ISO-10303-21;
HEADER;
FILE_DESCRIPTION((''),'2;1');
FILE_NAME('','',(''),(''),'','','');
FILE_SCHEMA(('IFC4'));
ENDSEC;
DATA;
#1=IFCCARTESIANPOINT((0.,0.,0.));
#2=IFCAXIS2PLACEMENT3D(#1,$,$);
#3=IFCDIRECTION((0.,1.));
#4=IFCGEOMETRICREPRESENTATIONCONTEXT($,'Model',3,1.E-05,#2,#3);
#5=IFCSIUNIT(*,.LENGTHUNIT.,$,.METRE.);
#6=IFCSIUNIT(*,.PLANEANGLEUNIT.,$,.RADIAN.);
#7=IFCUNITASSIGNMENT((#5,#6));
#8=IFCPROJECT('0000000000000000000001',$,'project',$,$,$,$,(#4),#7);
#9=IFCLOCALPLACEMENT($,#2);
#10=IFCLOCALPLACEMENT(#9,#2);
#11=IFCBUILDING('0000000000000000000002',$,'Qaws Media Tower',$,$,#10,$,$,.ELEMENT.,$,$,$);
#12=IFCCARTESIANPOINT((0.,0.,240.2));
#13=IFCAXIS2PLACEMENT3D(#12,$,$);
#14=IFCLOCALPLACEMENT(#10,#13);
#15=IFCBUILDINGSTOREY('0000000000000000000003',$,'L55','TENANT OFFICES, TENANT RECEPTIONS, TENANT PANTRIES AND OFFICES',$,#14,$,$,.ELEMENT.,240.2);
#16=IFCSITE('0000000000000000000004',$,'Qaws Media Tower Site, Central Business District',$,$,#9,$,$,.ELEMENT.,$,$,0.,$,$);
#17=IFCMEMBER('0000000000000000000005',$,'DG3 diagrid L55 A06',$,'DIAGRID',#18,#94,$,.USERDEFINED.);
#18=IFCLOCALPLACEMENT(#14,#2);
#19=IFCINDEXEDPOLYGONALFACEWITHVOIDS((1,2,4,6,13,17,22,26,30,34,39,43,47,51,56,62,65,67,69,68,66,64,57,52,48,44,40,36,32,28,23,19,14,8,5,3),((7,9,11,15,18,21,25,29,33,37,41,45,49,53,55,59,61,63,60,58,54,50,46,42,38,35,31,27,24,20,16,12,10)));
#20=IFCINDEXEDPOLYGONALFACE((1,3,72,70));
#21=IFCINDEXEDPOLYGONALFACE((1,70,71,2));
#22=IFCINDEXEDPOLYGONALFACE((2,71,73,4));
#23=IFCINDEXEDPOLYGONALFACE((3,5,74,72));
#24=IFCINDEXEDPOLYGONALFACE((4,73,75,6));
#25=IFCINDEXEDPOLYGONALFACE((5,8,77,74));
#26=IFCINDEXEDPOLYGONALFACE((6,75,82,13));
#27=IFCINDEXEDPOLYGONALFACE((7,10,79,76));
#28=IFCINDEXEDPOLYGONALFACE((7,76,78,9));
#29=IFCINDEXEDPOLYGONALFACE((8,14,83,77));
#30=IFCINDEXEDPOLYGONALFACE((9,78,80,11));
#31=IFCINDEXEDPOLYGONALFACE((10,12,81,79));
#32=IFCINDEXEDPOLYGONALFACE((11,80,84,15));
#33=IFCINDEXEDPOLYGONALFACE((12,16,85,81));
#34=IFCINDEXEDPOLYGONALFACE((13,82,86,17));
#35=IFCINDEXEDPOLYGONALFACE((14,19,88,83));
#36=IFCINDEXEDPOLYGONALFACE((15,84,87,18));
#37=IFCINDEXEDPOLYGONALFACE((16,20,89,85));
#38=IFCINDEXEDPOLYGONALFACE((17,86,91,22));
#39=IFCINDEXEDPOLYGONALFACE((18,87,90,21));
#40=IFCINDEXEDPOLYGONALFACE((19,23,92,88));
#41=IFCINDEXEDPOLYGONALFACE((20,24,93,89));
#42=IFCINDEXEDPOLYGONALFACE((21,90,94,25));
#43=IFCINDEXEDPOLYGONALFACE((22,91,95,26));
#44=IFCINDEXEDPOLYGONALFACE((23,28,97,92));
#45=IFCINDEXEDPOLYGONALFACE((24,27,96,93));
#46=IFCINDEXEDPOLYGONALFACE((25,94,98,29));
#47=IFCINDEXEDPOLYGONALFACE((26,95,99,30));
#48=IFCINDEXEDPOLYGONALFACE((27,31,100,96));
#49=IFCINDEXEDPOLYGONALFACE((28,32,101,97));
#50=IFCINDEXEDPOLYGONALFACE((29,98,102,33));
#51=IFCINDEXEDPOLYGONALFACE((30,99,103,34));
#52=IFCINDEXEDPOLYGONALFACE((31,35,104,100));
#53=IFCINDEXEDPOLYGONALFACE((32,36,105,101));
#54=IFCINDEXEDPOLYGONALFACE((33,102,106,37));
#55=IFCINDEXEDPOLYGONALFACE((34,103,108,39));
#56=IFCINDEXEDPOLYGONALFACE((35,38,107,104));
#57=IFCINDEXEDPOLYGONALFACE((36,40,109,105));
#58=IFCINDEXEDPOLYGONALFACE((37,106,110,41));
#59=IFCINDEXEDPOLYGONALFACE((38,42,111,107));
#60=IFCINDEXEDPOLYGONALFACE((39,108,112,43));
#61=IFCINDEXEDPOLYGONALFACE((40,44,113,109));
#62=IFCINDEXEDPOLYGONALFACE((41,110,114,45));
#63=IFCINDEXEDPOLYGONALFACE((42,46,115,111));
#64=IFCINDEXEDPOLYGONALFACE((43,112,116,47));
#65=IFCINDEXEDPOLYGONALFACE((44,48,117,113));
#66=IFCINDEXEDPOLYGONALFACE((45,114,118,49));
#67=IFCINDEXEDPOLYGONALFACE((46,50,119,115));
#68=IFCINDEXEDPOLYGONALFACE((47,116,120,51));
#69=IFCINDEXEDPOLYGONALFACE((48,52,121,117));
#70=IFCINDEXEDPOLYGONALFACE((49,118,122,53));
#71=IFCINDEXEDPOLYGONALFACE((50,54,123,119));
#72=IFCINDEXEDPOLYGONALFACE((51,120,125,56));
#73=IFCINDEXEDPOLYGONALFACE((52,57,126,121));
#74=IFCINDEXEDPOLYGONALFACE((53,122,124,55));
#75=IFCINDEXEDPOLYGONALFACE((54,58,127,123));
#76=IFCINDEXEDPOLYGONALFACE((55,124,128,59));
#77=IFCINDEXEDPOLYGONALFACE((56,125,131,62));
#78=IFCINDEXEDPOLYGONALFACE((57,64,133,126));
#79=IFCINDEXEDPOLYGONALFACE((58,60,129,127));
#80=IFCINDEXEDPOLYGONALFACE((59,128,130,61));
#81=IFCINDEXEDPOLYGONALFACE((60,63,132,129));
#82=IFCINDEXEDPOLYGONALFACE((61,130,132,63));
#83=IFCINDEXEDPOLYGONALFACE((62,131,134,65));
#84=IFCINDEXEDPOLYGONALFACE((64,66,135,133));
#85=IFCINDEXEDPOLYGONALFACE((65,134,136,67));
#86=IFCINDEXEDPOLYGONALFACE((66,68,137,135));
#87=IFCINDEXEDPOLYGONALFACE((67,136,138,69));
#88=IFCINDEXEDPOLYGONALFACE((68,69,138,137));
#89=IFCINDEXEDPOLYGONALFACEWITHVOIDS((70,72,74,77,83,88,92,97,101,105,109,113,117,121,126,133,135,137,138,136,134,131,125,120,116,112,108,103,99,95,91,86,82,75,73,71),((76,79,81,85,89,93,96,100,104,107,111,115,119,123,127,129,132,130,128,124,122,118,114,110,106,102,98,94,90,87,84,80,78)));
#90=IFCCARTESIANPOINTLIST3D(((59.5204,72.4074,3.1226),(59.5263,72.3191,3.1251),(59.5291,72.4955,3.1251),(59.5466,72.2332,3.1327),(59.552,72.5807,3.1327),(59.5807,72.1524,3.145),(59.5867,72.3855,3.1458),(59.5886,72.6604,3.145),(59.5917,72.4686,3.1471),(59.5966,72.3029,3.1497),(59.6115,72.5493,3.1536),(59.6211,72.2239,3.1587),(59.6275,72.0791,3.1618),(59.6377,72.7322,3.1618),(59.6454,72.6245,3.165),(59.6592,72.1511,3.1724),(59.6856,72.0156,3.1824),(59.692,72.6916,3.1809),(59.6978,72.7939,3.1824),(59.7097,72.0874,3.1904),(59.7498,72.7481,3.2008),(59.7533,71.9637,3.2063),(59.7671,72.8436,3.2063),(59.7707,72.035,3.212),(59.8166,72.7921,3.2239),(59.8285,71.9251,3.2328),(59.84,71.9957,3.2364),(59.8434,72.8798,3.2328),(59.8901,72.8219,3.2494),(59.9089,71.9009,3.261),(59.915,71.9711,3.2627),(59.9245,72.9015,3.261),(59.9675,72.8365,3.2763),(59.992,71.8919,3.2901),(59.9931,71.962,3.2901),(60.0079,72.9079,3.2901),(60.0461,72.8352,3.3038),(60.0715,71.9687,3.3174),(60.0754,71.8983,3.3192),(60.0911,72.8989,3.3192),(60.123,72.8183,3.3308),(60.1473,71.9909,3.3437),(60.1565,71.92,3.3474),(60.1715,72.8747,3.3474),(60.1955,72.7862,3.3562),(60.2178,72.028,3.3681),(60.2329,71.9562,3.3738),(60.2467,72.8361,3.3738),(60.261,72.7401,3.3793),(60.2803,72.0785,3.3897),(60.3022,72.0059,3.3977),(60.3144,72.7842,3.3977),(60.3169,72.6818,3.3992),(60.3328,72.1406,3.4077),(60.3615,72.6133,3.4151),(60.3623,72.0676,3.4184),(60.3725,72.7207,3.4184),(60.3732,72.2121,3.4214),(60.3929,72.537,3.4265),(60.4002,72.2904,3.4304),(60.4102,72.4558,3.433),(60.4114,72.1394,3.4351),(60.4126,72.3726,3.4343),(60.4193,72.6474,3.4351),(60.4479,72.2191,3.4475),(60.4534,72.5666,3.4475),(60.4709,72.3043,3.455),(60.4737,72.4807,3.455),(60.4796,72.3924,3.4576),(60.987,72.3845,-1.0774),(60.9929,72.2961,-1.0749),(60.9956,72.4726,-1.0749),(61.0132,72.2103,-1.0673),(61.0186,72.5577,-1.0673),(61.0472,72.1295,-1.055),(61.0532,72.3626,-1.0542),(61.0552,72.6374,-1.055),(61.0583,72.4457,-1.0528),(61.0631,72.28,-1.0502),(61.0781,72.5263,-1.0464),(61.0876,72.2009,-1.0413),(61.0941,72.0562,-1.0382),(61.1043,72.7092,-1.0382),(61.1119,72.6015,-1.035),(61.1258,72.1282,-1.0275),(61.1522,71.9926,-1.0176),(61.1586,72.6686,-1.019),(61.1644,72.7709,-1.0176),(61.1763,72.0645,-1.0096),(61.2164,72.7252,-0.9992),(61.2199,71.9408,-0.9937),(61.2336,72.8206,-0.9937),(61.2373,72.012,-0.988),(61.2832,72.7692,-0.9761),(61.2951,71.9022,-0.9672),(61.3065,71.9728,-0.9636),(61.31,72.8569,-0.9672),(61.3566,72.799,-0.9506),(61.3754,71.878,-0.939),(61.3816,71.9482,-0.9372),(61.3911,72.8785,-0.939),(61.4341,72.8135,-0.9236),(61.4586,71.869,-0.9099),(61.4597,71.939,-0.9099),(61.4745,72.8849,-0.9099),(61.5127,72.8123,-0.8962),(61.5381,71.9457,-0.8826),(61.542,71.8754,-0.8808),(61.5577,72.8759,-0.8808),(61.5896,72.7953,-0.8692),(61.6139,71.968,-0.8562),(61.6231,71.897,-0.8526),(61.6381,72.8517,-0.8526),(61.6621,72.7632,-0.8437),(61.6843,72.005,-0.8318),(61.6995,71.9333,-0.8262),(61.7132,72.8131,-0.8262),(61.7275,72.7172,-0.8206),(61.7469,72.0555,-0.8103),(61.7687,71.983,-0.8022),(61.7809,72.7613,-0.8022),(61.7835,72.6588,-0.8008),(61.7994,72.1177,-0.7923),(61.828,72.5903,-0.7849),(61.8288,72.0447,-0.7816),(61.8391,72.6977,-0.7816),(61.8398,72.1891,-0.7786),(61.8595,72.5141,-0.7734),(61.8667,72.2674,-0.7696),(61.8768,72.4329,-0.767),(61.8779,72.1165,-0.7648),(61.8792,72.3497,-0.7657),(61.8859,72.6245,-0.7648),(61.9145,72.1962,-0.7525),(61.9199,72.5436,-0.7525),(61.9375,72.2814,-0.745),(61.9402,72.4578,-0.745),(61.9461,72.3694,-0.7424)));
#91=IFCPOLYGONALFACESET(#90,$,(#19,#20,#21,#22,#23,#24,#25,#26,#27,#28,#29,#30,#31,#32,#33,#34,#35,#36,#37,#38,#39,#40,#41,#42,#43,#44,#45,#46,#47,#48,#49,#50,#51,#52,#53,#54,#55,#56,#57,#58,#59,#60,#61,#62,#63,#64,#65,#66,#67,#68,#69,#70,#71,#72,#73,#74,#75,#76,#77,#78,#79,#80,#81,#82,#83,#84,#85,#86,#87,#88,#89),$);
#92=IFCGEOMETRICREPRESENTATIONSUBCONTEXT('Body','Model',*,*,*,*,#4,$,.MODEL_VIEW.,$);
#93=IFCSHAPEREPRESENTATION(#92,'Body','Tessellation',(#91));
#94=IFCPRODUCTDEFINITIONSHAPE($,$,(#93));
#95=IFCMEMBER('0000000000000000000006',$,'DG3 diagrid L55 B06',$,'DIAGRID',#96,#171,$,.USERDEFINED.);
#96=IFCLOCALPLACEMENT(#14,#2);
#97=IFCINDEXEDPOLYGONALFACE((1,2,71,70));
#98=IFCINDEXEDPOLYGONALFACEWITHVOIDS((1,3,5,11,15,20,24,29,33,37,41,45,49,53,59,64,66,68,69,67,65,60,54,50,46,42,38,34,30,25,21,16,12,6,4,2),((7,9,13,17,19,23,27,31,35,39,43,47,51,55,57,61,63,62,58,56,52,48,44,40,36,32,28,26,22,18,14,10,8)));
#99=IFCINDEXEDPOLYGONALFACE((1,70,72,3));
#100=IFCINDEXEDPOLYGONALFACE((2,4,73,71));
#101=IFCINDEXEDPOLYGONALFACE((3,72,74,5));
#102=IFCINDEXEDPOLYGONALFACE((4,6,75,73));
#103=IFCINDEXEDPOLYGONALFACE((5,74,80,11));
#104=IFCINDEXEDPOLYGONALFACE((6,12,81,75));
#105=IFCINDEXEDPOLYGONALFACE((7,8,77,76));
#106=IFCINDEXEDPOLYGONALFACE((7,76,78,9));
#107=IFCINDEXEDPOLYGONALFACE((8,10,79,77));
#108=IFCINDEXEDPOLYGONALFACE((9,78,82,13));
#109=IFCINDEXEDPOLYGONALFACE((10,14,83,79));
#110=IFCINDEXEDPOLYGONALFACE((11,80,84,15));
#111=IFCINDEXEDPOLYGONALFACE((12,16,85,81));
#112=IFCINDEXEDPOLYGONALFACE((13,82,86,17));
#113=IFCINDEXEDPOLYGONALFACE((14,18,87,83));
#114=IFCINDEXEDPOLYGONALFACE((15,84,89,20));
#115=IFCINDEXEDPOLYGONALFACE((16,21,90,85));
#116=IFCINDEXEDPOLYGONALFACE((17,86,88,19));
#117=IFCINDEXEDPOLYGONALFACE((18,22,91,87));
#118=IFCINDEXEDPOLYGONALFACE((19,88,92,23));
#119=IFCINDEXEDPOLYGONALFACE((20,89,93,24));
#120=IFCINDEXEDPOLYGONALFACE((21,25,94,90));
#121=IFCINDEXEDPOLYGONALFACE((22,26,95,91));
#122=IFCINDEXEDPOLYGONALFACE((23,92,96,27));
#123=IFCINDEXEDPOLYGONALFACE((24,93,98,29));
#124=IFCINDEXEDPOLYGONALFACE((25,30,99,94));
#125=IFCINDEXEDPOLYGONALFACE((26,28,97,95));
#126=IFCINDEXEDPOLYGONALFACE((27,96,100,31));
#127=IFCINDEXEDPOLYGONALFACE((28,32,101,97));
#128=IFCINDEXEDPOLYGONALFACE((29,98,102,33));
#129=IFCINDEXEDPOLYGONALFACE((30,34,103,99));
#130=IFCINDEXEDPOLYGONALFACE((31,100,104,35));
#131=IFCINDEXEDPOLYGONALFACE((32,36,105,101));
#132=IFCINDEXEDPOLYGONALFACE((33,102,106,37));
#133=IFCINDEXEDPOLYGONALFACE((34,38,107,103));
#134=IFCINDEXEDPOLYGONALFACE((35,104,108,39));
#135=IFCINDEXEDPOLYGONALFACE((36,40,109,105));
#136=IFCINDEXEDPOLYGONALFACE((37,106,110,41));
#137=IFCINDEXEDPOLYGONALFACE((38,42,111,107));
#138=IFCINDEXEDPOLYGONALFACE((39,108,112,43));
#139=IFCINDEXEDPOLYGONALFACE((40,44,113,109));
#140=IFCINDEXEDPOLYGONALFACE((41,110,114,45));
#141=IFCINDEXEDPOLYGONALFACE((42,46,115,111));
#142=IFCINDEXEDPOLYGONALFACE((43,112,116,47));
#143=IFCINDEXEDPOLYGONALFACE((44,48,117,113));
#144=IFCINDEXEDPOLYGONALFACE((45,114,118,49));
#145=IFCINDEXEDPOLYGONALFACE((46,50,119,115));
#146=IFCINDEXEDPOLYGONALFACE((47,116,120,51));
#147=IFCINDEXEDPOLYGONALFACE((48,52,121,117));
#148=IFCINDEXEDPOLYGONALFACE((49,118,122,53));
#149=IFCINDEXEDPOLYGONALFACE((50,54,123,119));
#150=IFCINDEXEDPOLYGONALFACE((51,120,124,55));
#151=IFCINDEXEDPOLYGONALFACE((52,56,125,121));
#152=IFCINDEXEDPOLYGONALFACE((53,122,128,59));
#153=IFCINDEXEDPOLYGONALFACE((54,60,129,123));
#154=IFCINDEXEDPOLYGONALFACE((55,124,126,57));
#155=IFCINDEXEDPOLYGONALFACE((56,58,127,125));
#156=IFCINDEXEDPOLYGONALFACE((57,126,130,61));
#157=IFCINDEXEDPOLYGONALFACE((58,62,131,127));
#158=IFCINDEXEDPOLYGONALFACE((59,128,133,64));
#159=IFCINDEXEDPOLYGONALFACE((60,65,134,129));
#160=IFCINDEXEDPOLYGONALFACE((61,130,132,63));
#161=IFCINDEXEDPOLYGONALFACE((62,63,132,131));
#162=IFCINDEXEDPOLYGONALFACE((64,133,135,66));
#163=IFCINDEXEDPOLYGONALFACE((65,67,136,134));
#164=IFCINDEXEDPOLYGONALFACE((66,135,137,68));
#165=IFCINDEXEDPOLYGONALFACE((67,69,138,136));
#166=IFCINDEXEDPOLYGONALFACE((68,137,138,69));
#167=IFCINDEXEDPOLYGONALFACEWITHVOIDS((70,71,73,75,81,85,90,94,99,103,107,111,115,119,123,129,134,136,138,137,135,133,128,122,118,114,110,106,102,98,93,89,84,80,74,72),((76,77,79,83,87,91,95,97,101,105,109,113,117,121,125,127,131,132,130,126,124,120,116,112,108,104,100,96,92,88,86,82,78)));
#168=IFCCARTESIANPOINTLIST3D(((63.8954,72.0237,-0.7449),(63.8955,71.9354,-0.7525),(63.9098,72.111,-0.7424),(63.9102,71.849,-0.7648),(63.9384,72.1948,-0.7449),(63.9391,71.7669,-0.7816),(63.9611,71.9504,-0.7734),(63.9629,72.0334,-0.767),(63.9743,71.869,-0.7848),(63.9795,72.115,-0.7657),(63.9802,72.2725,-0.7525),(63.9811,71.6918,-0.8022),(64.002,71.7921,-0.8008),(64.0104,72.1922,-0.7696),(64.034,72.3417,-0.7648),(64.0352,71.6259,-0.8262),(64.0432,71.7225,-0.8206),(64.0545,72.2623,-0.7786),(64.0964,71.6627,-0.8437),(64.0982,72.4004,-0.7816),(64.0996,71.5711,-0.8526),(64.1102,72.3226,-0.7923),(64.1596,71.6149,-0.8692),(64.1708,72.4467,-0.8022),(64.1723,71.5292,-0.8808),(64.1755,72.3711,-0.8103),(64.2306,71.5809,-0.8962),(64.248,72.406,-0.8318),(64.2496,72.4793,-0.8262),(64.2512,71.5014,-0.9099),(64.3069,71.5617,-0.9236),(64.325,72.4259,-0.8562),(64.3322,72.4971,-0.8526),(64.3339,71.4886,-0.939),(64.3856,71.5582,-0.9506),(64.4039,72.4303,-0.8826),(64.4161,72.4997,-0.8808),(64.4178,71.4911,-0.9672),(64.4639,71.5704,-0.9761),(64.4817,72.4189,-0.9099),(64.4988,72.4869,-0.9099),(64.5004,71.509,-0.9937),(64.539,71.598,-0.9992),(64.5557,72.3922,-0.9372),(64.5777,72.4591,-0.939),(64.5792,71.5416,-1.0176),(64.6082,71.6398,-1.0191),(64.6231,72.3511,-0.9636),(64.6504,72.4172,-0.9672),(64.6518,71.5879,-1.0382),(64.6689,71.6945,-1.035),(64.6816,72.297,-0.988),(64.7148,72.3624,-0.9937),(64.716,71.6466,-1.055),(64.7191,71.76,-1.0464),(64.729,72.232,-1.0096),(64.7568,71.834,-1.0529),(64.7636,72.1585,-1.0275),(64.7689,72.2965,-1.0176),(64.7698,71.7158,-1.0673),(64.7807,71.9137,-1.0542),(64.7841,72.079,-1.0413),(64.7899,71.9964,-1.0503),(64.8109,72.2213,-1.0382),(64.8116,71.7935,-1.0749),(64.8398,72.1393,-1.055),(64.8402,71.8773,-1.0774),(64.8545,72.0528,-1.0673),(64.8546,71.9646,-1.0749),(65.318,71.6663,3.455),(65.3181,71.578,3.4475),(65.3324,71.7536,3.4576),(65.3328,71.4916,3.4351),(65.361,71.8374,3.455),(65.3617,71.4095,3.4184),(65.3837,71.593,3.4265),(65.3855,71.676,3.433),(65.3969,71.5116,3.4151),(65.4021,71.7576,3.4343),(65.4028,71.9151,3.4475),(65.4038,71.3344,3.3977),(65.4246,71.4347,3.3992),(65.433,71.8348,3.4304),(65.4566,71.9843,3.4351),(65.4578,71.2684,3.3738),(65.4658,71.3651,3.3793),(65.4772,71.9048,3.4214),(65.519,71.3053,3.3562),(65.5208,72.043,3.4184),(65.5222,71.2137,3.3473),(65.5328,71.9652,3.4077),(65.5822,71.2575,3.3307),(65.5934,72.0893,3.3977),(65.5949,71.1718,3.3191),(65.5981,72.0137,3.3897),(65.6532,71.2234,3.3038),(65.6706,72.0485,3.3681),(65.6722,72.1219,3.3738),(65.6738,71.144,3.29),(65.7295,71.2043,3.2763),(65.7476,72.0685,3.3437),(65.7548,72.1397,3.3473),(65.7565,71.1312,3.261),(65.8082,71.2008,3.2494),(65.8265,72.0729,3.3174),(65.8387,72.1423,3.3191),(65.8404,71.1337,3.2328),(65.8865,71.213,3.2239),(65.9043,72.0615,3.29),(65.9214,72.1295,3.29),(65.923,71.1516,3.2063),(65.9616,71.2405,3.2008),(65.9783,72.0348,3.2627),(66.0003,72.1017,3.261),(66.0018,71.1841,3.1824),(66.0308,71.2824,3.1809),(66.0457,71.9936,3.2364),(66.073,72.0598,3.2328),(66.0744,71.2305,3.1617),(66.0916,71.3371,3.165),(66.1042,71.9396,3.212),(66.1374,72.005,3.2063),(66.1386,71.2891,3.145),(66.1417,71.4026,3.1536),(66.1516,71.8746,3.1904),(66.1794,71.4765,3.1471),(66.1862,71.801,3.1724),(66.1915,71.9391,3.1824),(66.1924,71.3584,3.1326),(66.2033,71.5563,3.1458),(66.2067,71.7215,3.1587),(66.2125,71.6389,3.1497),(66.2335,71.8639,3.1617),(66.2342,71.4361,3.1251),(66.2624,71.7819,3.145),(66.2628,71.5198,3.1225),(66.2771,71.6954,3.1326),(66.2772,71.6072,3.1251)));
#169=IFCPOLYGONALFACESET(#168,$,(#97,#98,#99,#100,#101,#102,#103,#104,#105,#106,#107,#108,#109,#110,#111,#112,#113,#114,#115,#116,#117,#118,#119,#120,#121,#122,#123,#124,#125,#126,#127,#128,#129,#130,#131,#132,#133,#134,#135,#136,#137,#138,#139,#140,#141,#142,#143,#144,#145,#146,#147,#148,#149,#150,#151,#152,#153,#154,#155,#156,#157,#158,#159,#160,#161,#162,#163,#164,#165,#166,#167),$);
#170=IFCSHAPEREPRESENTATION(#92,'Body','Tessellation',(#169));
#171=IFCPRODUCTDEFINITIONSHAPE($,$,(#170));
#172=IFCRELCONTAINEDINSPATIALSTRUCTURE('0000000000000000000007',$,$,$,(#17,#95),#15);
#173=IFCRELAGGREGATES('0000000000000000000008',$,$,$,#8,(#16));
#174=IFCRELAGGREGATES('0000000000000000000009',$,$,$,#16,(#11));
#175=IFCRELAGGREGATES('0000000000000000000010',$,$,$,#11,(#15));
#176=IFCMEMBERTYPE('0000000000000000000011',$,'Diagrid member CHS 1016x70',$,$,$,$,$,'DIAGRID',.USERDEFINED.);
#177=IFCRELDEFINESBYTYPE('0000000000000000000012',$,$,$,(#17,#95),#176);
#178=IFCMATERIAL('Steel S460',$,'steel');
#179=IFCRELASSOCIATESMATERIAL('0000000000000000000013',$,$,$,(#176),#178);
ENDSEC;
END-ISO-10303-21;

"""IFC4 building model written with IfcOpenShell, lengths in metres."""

from ifc_helpers import new_model, si_unit, direction, frame, origin, origin_2d, place, context, subcontext, project, spatial, hollow_circle, extrude, material, material_profile, profile_set, type_object, element, save


model = new_model("IFC4")

# Units and contexts
model_context = context("Model", 3, precision=1e-05, world=origin(), true_north=direction((0.0, 1.0)))
body_context = subcontext(model_context, "Body", "Model", "MODEL_VIEW")
ifc_project = project(units=[si_unit("LENGTHUNIT", "METRE"), si_unit("PLANEANGLEUNIT", "RADIAN")], contexts=[model_context])

# Site, building, storey
site_placement = place(None, origin())
site = spatial("IfcSite", under=ifc_project, at=site_placement, Name="Qaws Media Tower Site, Central Business District", CompositionType="ELEMENT", RefElevation=0.0)
building_placement = place(site_placement, origin())
building = spatial("IfcBuilding", under=site, at=building_placement, Name="Qaws Media Tower", CompositionType="ELEMENT")
storey_placement = place(building_placement, frame((0.0, 0.0, 240.2)))
storey = spatial("IfcBuildingStorey", under=building, at=storey_placement, Name="L55", Description="TENANT OFFICES, TENANT RECEPTIONS, TENANT PANTRIES AND OFFICES", CompositionType="ELEMENT", Elevation=240.2)

# Members
ifc_material_1 = material(Name="Steel S460", Category="steel")
ifc_material_profile_1 = material_profile(ifc_material_1, hollow_circle(Radius=0.5081, WallThickness=0.0701, at=origin_2d()), Name="CHS 1016x70")
ifc_profile_set_1 = profile_set([ifc_material_profile_1], Name="Steel S460")
member_type_1 = type_object("IfcMemberType", Name="Diagrid member CHS 1016x70", ElementType="DIAGRID", PredefinedType="USERDEFINED", material=ifc_profile_set_1)
for number, where, z_axis, x_axis, name in (
    (1, (61.4666, 72.377, -0.9099), (-0.329659, 0.005159, 0.944086), (-0.015646, -0.999878, 0.0), "DG3 diagrid L55 A06"),
    (2, (64.375, 71.9941, -0.9099), (0.319779, -0.080343, 0.94408), (0.243671, 0.969858, 0.0), "DG3 diagrid L55 B06"),
):
    element("IfcMember", number, at=place(storey_placement, frame(where, z_axis=z_axis, x_axis=x_axis)), inside=storey, type_object=member_type_1, Name=name, ObjectType="DIAGRID", PredefinedType="USERDEFINED", context=body_context, shape_type="SweptSolid", body=[
        extrude(hollow_circle(Radius=0.5081, WallThickness=0.0701, at=origin_2d()), origin(), (0.0, 0.0, 1.0), 4.4487),
    ])

save(model, "model.ifc")
